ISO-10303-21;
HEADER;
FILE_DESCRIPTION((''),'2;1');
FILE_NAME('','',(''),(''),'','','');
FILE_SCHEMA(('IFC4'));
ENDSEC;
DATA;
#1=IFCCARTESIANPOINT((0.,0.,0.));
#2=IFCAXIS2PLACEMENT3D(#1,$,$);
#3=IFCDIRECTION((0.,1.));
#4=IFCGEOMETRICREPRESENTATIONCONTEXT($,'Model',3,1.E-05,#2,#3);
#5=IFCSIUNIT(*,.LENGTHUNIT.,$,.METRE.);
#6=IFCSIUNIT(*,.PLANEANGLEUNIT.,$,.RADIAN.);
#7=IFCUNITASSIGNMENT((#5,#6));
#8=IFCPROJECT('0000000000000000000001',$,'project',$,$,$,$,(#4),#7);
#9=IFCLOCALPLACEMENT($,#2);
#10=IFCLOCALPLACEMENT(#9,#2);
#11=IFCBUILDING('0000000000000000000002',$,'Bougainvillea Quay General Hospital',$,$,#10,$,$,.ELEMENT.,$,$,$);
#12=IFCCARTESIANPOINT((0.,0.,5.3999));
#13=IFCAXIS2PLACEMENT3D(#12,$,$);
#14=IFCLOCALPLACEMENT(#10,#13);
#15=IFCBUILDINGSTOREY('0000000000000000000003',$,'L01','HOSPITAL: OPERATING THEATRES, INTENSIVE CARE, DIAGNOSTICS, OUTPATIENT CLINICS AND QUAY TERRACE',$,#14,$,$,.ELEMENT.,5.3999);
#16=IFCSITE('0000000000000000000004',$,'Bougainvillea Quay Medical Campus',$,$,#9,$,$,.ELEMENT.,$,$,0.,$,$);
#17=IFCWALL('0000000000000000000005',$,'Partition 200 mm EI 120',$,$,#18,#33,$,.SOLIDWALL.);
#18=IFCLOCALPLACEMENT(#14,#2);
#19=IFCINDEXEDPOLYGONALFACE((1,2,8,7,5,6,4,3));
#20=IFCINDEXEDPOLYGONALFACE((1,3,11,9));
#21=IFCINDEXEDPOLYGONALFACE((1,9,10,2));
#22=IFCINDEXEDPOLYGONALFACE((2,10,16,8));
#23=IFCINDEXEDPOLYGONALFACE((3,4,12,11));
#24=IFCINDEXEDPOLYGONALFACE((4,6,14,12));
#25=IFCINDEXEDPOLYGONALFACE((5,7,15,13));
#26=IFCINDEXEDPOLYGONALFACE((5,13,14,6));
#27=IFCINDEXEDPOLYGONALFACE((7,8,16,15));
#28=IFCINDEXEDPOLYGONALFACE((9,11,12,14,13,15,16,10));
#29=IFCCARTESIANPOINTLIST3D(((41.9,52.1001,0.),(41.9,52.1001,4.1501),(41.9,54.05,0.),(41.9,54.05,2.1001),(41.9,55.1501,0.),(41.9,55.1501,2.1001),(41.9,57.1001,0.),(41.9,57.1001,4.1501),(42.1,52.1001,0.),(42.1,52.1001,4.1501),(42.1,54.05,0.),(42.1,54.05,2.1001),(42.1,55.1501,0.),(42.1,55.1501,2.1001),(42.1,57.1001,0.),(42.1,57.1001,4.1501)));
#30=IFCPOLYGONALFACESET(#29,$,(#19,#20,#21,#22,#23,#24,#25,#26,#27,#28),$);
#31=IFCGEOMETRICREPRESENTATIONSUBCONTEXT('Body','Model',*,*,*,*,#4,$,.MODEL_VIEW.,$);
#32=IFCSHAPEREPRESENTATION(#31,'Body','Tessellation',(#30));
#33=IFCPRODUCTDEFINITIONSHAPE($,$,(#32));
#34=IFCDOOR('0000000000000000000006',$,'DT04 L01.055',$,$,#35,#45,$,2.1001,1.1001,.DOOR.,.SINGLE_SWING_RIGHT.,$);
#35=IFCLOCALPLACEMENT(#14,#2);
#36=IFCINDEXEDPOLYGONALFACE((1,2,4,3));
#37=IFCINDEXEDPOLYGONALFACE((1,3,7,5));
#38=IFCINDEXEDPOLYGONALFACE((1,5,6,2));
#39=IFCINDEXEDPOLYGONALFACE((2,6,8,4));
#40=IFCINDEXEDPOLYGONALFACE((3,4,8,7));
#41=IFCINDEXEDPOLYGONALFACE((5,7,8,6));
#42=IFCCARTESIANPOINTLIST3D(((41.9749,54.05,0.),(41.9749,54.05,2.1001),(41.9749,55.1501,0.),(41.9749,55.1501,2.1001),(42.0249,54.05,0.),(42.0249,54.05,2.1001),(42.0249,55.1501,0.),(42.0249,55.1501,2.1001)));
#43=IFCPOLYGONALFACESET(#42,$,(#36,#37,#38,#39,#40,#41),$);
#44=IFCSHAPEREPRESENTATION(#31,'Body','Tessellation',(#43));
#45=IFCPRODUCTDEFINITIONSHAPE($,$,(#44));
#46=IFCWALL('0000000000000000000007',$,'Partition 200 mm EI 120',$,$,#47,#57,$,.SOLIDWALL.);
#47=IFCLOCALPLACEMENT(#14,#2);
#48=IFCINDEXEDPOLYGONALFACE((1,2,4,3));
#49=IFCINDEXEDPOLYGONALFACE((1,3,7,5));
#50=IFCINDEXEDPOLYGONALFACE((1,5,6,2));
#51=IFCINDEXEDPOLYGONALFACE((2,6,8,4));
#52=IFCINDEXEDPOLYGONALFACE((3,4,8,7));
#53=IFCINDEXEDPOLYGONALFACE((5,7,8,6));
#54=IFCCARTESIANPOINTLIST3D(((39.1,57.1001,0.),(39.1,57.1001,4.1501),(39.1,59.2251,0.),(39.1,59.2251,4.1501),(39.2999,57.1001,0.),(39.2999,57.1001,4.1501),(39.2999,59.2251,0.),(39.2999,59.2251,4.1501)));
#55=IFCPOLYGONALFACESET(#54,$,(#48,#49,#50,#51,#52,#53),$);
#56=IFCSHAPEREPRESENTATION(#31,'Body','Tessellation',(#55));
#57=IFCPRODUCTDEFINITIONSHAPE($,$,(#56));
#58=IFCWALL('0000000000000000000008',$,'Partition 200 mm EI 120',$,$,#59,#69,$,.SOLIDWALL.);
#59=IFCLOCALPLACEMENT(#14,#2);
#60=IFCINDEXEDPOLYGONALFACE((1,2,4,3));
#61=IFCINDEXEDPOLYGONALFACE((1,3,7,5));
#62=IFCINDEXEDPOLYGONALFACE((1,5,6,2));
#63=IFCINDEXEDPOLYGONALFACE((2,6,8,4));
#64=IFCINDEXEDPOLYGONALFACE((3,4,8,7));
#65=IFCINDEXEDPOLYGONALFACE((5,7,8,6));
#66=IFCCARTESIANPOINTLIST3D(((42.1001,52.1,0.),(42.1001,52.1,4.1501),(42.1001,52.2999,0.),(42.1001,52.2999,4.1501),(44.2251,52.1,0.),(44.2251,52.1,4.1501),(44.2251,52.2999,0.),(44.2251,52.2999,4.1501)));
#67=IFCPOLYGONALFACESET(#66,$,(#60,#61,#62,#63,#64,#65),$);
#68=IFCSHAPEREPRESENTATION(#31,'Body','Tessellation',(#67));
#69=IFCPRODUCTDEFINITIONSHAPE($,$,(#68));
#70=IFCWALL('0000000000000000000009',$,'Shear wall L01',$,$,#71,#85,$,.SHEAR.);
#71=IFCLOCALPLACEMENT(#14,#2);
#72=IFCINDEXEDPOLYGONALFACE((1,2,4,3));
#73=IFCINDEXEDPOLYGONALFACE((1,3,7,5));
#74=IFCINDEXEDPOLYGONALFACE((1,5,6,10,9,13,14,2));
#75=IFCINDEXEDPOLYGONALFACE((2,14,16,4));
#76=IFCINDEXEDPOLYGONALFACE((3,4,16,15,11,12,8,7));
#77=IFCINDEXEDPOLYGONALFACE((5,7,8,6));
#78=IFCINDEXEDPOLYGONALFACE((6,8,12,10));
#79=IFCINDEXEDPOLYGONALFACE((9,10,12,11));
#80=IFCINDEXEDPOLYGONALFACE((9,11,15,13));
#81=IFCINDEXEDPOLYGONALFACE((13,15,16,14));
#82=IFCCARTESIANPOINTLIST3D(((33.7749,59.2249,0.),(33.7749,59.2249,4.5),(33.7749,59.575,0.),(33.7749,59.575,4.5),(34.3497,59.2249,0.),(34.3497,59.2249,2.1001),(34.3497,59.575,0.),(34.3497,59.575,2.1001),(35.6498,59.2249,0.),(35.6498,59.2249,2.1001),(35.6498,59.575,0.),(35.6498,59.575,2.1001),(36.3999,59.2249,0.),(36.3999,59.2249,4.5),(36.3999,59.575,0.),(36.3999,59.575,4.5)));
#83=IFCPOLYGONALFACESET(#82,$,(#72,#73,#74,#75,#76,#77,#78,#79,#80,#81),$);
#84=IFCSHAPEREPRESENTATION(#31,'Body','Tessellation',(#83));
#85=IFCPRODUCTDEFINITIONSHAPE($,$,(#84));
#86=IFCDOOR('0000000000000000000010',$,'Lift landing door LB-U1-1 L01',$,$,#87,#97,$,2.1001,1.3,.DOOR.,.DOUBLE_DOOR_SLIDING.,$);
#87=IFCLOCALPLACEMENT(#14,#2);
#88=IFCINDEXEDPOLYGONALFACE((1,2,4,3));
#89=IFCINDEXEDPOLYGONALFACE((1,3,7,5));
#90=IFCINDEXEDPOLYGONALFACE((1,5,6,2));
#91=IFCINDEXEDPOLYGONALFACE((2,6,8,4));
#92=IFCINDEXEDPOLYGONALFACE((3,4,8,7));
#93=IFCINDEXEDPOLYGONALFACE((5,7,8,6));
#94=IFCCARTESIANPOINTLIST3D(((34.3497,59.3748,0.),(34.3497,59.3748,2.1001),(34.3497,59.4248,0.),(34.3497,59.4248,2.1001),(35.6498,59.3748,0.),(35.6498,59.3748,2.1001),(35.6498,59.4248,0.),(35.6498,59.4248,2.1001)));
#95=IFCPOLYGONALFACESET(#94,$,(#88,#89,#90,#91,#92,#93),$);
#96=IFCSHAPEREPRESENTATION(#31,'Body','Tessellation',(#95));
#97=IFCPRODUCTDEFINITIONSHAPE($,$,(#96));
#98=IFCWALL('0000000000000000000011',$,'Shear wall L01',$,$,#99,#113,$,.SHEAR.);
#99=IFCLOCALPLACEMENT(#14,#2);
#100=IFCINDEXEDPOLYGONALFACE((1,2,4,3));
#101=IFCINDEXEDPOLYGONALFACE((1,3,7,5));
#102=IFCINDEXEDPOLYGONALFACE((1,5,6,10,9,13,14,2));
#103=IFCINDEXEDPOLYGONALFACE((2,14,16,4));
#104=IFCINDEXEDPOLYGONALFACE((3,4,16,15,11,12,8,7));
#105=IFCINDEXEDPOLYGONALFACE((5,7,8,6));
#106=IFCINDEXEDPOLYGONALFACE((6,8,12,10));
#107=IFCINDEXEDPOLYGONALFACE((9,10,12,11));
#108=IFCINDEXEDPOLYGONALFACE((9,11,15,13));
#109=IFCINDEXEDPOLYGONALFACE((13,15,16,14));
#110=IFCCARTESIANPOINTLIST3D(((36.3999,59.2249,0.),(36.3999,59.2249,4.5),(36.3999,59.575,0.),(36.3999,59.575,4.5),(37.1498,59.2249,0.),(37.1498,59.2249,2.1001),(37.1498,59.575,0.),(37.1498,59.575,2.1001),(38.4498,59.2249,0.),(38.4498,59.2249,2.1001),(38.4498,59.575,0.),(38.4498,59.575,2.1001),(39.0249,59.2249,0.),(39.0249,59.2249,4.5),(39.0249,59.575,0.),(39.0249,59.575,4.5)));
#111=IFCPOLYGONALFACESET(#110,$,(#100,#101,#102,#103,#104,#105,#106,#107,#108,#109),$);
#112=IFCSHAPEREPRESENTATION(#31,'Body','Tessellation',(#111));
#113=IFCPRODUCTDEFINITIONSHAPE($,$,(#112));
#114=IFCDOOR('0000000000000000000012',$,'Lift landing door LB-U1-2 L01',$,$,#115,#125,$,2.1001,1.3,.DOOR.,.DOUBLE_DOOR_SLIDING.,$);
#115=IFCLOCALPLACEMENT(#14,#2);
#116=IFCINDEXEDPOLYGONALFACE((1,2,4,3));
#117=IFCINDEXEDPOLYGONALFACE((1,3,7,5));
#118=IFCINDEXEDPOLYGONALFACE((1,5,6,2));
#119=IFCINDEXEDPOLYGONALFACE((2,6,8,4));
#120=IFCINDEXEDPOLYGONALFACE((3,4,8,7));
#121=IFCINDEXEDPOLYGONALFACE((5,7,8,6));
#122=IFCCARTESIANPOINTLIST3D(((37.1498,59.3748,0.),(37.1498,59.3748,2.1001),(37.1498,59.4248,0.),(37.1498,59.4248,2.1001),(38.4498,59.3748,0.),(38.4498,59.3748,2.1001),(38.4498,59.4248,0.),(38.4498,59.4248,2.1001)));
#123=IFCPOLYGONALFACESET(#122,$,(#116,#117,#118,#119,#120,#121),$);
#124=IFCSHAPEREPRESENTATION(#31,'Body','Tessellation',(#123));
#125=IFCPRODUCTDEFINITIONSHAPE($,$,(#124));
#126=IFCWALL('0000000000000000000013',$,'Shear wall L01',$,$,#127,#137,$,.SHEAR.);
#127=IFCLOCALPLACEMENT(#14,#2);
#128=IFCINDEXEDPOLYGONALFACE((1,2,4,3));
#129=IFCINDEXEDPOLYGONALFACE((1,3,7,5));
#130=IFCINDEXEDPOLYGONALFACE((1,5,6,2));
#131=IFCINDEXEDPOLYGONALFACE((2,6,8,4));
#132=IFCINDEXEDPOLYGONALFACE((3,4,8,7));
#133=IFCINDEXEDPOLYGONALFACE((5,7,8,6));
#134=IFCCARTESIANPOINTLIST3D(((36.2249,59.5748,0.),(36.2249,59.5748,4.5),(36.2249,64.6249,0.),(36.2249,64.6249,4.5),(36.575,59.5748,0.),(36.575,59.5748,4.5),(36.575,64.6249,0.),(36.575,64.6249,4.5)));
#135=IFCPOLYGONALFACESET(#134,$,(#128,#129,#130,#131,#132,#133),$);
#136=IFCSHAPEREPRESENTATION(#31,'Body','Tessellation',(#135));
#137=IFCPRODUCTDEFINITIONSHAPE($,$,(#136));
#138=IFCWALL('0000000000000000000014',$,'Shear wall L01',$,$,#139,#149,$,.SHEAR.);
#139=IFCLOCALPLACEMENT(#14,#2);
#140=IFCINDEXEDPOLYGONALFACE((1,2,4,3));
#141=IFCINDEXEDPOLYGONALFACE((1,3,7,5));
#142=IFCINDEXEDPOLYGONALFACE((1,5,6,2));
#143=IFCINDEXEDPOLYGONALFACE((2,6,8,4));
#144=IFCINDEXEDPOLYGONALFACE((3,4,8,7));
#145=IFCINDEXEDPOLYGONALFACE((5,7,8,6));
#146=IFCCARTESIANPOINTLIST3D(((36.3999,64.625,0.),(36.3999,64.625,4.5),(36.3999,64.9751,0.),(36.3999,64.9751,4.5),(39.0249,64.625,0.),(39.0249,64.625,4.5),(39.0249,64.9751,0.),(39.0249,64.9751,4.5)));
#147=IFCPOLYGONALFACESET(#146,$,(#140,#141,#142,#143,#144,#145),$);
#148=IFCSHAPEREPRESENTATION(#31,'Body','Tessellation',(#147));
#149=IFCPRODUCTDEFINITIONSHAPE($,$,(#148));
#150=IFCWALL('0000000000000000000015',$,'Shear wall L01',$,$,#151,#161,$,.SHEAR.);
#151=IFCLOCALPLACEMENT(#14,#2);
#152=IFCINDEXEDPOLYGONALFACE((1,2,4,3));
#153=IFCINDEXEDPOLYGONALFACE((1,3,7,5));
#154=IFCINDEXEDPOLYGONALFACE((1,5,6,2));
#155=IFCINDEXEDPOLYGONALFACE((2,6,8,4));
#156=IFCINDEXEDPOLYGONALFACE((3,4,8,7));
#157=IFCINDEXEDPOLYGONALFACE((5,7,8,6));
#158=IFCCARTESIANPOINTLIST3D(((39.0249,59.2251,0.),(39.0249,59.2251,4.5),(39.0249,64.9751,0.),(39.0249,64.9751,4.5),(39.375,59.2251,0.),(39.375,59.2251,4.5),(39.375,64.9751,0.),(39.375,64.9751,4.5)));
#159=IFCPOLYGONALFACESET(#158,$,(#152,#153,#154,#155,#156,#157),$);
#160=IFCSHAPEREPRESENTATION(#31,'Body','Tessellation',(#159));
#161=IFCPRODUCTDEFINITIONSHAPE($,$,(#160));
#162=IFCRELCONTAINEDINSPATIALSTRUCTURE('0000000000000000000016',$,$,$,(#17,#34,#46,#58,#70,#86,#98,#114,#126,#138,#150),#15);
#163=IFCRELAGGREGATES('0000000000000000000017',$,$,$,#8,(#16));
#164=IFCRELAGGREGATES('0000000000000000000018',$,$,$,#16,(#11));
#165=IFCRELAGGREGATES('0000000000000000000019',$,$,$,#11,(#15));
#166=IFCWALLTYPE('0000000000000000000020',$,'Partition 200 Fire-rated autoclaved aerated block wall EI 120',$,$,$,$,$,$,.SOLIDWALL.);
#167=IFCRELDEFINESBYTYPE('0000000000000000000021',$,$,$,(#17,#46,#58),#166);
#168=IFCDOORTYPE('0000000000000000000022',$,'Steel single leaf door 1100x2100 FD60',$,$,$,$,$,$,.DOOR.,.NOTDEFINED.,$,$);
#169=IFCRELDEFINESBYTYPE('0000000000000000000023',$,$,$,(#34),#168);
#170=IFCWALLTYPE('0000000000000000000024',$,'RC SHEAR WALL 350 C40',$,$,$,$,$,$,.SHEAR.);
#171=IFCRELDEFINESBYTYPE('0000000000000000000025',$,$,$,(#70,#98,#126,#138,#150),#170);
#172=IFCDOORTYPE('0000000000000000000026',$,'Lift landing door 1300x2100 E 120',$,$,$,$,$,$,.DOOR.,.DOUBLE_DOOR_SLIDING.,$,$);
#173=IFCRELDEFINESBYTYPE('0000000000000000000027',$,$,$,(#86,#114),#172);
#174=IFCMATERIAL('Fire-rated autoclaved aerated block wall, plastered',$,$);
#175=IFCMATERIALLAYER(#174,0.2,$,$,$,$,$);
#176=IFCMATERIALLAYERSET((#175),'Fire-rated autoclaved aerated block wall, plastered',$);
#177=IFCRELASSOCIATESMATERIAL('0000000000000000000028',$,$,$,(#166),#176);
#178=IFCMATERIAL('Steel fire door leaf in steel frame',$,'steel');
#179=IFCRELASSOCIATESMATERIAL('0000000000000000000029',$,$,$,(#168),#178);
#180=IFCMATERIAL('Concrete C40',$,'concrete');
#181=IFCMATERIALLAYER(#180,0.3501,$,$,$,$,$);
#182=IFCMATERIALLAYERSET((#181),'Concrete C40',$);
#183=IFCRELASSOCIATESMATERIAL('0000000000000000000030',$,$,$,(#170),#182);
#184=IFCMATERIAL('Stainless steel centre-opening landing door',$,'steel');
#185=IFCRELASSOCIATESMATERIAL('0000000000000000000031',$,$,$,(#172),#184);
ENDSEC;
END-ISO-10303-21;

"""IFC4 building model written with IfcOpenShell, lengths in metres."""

from ifc_helpers import new_model, si_unit, direction, frame, frame_2d, origin, place, context, subcontext, project, spatial, rectangle, extrude, material, layer, layer_set, type_object, element, fill, save


model = new_model("IFC4")

# Units and contexts
model_context = context("Model", 3, precision=1e-05, world=origin(), true_north=direction((0.0, 1.0)))
body_context = subcontext(model_context, "Body", "Model", "MODEL_VIEW")
ifc_project = project(units=[si_unit("LENGTHUNIT", "METRE"), si_unit("PLANEANGLEUNIT", "RADIAN")], contexts=[model_context])

# Site, building, storey
site_placement = place(None, origin())
site = spatial("IfcSite", under=ifc_project, at=site_placement, Name="Bougainvillea Quay Medical Campus", CompositionType="ELEMENT", RefElevation=0.0)
building_placement = place(site_placement, origin())
building = spatial("IfcBuilding", under=site, at=building_placement, Name="Bougainvillea Quay General Hospital", CompositionType="ELEMENT")
storey_placement = place(building_placement, frame((0.0, 0.0, 5.3999)))
storey = spatial("IfcBuildingStorey", under=building, at=storey_placement, Name="L01", Description="HOSPITAL: OPERATING THEATRES, INTENSIVE CARE, DIAGNOSTICS, OUTPATIENT CLINICS AND QUAY TERRACE", CompositionType="ELEMENT", Elevation=5.3999)

# Wall, opening, door
ifc_material_1 = material(Name="Fire-rated autoclaved aerated block wall, plastered")
ifc_layer_1 = layer(ifc_material_1, 0.2)
ifc_layer_set_1 = layer_set([ifc_layer_1], Name="Fire-rated autoclaved aerated block wall, plastered")
wall_type_1 = type_object("IfcWallType", Name="Partition 200 Fire-rated autoclaved aerated block wall EI 120", PredefinedType="SOLIDWALL", material=ifc_layer_set_1)
wall_1_placement = place(storey_placement, frame((42.0, 52.1001, 0.0), z_axis=(0.0, 0.0, 1.0), x_axis=(0.0, 1.0, 0.0)))
wall_1 = element("IfcWall", 1, at=wall_1_placement, inside=storey, type_object=wall_type_1, Name="Partition 200 mm EI 120", PredefinedType="SOLIDWALL", context=body_context, shape_type="SweptSolid", body=[
    extrude(rectangle(XDim=5.0, YDim=0.2, at=frame_2d((2.5, 0.0))), origin(), (0.0, 0.0, 1.0), 4.1501),
])
opening_1_placement = place(wall_1_placement, frame((1.95, 0.0, 0.0)))
opening_1 = element("IfcOpeningElement", 2, at=opening_1_placement, cuts=wall_1, PredefinedType="OPENING", context=body_context, shape_type="SweptSolid", body=[
    extrude(rectangle(XDim=1.1001, YDim=2.1001, at=frame_2d((0.55, 1.05))), frame((0.0, 0.1099, 0.0), z_axis=(0.0, -1.0, 0.0), x_axis=(1.0, 0.0, 0.0)), (0.0, 0.0, 1.0), 0.22),
])
ifc_material_2 = material(Name="Steel fire door leaf in steel frame", Category="steel")
door_type_1 = type_object("IfcDoorType", Name="Steel single leaf door 1100x2100 FD60", OperationType="NOTDEFINED", PredefinedType="DOOR", material=ifc_material_2)
door_1_placement = place(opening_1_placement, frame((1.1001, 0.0, 0.0), z_axis=(0.0, 0.0, 1.0), x_axis=(-1.0, 0.0, 0.0)))
door_1 = element("IfcDoor", 3, at=door_1_placement, inside=storey, type_object=door_type_1, Name="DT04 L01.055", OperationType="SINGLE_SWING_RIGHT", OverallHeight=2.1001, OverallWidth=1.1001, PredefinedType="DOOR", context=body_context, shape_type="SweptSolid", body=[
    extrude(rectangle(XDim=1.1001, YDim=2.1001, at=frame_2d((0.55, 1.05))), frame((0.0, 0.0249, 0.0), z_axis=(0.0, -1.0, 0.0), x_axis=(1.0, 0.0, 0.0)), (0.0, 0.0, 1.0), 0.05),
])
fill(opening_1, door_1)

# Walls
for number, where, z_axis, x_axis, name in (
    (4, (39.2, 57.1001, 0.0), (0.0, 0.0, 1.0), (0.0, 1.0, 0.0), "Partition 200 mm EI 120"),
    (5, (42.1001, 52.2, 0.0), (0.0, 0.0, 1.0), (1.0, 0.0, 0.0), "Partition 200 mm EI 120"),
):
    element("IfcWall", number, at=place(storey_placement, frame(where, z_axis=z_axis, x_axis=x_axis)), inside=storey, type_object=wall_type_1, Name=name, PredefinedType="SOLIDWALL", context=body_context, shape_type="SweptSolid", body=[
        extrude(rectangle(XDim=2.125, YDim=0.2, at=frame_2d((1.0625, 0.0))), origin(), (0.0, 0.0, 1.0), 4.1501),
    ])

# Walls, openings, doors
ifc_material_3 = material(Name="Concrete C40", Category="concrete")
ifc_layer_2 = layer(ifc_material_3, 0.3501)
ifc_layer_set_2 = layer_set([ifc_layer_2], Name="Concrete C40")
wall_type_2 = type_object("IfcWallType", Name="RC SHEAR WALL 350 C40", PredefinedType="SHEAR", material=ifc_layer_set_2)
wall_2_placement = place(storey_placement, frame((33.7749, 59.3999, 0.0), z_axis=(0.0, 0.0, 1.0), x_axis=(1.0, 0.0, 0.0)))
wall_2 = element("IfcWall", 6, at=wall_2_placement, inside=storey, type_object=wall_type_2, Name="Shear wall L01", PredefinedType="SHEAR", context=body_context, shape_type="SweptSolid", body=[
    extrude(rectangle(XDim=2.625, YDim=0.3501, at=frame_2d((1.3125, 0.0))), origin(), (0.0, 0.0, 1.0), 4.5),
])
opening_2_placement = place(wall_2_placement, frame((0.575, 0.0, 0.0)))
opening_2 = element("IfcOpeningElement", 7, at=opening_2_placement, cuts=wall_2, PredefinedType="OPENING", context=body_context, shape_type="SweptSolid", body=[
    extrude(rectangle(XDim=1.3, YDim=2.1001, at=frame_2d((0.6499, 1.05))), frame((0.0, 0.1851, 0.0), z_axis=(0.0, -1.0, 0.0), x_axis=(1.0, 0.0, 0.0)), (0.0, 0.0, 1.0), 0.3701),
])
ifc_material_4 = material(Name="Stainless steel centre-opening landing door", Category="steel")
door_type_2 = type_object("IfcDoorType", Name="Lift landing door 1300x2100 E 120", OperationType="DOUBLE_DOOR_SLIDING", PredefinedType="DOOR", material=ifc_material_4)
door_2_placement = place(opening_2_placement, origin())
door_2 = element("IfcDoor", 8, at=door_2_placement, inside=storey, type_object=door_type_2, Name="Lift landing door LB-U1-1 L01", OperationType="DOUBLE_DOOR_SLIDING", OverallHeight=2.1001, OverallWidth=1.3, PredefinedType="DOOR", context=body_context, shape_type="SweptSolid", body=[
    extrude(rectangle(XDim=1.3, YDim=2.1001, at=frame_2d((0.6499, 1.05))), frame((0.0, 0.0249, 0.0), z_axis=(0.0, -1.0, 0.0), x_axis=(1.0, 0.0, 0.0)), (0.0, 0.0, 1.0), 0.05),
])
fill(opening_2, door_2)
wall_3_placement = place(storey_placement, frame((36.3999, 59.3999, 0.0), z_axis=(0.0, 0.0, 1.0), x_axis=(1.0, 0.0, 0.0)))
wall_3 = element("IfcWall", 9, at=wall_3_placement, inside=storey, type_object=wall_type_2, Name="Shear wall L01", PredefinedType="SHEAR", context=body_context, shape_type="SweptSolid", body=[
    extrude(rectangle(XDim=2.625, YDim=0.3501, at=frame_2d((1.3125, 0.0))), origin(), (0.0, 0.0, 1.0), 4.5),
])
opening_3_placement = place(wall_3_placement, frame((0.75, 0.0, 0.0)))
opening_3 = element("IfcOpeningElement", 10, at=opening_3_placement, cuts=wall_3, PredefinedType="OPENING", context=body_context, shape_type="SweptSolid", body=[
    extrude(rectangle(XDim=1.3, YDim=2.1001, at=frame_2d((0.6499, 1.05))), frame((0.0, 0.1851, 0.0), z_axis=(0.0, -1.0, 0.0), x_axis=(1.0, 0.0, 0.0)), (0.0, 0.0, 1.0), 0.3701),
])
door_3_placement = place(opening_3_placement, origin())
door_3 = element("IfcDoor", 11, at=door_3_placement, inside=storey, type_object=door_type_2, Name="Lift landing door LB-U1-2 L01", OperationType="DOUBLE_DOOR_SLIDING", OverallHeight=2.1001, OverallWidth=1.3, PredefinedType="DOOR", context=body_context, shape_type="SweptSolid", body=[
    extrude(rectangle(XDim=1.3, YDim=2.1001, at=frame_2d((0.6499, 1.05))), frame((0.0, 0.0249, 0.0), z_axis=(0.0, -1.0, 0.0), x_axis=(1.0, 0.0, 0.0)), (0.0, 0.0, 1.0), 0.05),
])
fill(opening_3, door_3)

# Walls
wall_4_placement = place(storey_placement, frame((36.3999, 59.575, 0.0), z_axis=(0.0, 0.0, 1.0), x_axis=(0.0, 1.0, 0.0)))
element("IfcWall", 12, at=wall_4_placement, inside=storey, type_object=wall_type_2, Name="Shear wall L01", PredefinedType="SHEAR", context=body_context, shape_type="SweptSolid", body=[
    extrude(rectangle(XDim=5.05, YDim=0.3501, at=frame_2d((2.5249, 0.0))), origin(), (0.0, 0.0, 1.0), 4.5),
])
wall_5_placement = place(storey_placement, frame((36.3999, 64.8, 0.0), z_axis=(0.0, 0.0, 1.0), x_axis=(1.0, 0.0, 0.0)))
element("IfcWall", 13, at=wall_5_placement, inside=storey, type_object=wall_type_2, Name="Shear wall L01", PredefinedType="SHEAR", context=body_context, shape_type="SweptSolid", body=[
    extrude(rectangle(XDim=2.625, YDim=0.3501, at=frame_2d((1.3125, 0.0))), origin(), (0.0, 0.0, 1.0), 4.5),
])
wall_6_placement = place(storey_placement, frame((39.2, 59.2251, 0.0), z_axis=(0.0, 0.0, 1.0), x_axis=(0.0, 1.0, 0.0)))
element("IfcWall", 14, at=wall_6_placement, inside=storey, type_object=wall_type_2, Name="Shear wall L01", PredefinedType="SHEAR", context=body_context, shape_type="SweptSolid", body=[
    extrude(rectangle(XDim=5.75, YDim=0.3501, at=frame_2d((2.875, 0.0))), origin(), (0.0, 0.0, 1.0), 4.5),
])

save(model, "model.ifc")
